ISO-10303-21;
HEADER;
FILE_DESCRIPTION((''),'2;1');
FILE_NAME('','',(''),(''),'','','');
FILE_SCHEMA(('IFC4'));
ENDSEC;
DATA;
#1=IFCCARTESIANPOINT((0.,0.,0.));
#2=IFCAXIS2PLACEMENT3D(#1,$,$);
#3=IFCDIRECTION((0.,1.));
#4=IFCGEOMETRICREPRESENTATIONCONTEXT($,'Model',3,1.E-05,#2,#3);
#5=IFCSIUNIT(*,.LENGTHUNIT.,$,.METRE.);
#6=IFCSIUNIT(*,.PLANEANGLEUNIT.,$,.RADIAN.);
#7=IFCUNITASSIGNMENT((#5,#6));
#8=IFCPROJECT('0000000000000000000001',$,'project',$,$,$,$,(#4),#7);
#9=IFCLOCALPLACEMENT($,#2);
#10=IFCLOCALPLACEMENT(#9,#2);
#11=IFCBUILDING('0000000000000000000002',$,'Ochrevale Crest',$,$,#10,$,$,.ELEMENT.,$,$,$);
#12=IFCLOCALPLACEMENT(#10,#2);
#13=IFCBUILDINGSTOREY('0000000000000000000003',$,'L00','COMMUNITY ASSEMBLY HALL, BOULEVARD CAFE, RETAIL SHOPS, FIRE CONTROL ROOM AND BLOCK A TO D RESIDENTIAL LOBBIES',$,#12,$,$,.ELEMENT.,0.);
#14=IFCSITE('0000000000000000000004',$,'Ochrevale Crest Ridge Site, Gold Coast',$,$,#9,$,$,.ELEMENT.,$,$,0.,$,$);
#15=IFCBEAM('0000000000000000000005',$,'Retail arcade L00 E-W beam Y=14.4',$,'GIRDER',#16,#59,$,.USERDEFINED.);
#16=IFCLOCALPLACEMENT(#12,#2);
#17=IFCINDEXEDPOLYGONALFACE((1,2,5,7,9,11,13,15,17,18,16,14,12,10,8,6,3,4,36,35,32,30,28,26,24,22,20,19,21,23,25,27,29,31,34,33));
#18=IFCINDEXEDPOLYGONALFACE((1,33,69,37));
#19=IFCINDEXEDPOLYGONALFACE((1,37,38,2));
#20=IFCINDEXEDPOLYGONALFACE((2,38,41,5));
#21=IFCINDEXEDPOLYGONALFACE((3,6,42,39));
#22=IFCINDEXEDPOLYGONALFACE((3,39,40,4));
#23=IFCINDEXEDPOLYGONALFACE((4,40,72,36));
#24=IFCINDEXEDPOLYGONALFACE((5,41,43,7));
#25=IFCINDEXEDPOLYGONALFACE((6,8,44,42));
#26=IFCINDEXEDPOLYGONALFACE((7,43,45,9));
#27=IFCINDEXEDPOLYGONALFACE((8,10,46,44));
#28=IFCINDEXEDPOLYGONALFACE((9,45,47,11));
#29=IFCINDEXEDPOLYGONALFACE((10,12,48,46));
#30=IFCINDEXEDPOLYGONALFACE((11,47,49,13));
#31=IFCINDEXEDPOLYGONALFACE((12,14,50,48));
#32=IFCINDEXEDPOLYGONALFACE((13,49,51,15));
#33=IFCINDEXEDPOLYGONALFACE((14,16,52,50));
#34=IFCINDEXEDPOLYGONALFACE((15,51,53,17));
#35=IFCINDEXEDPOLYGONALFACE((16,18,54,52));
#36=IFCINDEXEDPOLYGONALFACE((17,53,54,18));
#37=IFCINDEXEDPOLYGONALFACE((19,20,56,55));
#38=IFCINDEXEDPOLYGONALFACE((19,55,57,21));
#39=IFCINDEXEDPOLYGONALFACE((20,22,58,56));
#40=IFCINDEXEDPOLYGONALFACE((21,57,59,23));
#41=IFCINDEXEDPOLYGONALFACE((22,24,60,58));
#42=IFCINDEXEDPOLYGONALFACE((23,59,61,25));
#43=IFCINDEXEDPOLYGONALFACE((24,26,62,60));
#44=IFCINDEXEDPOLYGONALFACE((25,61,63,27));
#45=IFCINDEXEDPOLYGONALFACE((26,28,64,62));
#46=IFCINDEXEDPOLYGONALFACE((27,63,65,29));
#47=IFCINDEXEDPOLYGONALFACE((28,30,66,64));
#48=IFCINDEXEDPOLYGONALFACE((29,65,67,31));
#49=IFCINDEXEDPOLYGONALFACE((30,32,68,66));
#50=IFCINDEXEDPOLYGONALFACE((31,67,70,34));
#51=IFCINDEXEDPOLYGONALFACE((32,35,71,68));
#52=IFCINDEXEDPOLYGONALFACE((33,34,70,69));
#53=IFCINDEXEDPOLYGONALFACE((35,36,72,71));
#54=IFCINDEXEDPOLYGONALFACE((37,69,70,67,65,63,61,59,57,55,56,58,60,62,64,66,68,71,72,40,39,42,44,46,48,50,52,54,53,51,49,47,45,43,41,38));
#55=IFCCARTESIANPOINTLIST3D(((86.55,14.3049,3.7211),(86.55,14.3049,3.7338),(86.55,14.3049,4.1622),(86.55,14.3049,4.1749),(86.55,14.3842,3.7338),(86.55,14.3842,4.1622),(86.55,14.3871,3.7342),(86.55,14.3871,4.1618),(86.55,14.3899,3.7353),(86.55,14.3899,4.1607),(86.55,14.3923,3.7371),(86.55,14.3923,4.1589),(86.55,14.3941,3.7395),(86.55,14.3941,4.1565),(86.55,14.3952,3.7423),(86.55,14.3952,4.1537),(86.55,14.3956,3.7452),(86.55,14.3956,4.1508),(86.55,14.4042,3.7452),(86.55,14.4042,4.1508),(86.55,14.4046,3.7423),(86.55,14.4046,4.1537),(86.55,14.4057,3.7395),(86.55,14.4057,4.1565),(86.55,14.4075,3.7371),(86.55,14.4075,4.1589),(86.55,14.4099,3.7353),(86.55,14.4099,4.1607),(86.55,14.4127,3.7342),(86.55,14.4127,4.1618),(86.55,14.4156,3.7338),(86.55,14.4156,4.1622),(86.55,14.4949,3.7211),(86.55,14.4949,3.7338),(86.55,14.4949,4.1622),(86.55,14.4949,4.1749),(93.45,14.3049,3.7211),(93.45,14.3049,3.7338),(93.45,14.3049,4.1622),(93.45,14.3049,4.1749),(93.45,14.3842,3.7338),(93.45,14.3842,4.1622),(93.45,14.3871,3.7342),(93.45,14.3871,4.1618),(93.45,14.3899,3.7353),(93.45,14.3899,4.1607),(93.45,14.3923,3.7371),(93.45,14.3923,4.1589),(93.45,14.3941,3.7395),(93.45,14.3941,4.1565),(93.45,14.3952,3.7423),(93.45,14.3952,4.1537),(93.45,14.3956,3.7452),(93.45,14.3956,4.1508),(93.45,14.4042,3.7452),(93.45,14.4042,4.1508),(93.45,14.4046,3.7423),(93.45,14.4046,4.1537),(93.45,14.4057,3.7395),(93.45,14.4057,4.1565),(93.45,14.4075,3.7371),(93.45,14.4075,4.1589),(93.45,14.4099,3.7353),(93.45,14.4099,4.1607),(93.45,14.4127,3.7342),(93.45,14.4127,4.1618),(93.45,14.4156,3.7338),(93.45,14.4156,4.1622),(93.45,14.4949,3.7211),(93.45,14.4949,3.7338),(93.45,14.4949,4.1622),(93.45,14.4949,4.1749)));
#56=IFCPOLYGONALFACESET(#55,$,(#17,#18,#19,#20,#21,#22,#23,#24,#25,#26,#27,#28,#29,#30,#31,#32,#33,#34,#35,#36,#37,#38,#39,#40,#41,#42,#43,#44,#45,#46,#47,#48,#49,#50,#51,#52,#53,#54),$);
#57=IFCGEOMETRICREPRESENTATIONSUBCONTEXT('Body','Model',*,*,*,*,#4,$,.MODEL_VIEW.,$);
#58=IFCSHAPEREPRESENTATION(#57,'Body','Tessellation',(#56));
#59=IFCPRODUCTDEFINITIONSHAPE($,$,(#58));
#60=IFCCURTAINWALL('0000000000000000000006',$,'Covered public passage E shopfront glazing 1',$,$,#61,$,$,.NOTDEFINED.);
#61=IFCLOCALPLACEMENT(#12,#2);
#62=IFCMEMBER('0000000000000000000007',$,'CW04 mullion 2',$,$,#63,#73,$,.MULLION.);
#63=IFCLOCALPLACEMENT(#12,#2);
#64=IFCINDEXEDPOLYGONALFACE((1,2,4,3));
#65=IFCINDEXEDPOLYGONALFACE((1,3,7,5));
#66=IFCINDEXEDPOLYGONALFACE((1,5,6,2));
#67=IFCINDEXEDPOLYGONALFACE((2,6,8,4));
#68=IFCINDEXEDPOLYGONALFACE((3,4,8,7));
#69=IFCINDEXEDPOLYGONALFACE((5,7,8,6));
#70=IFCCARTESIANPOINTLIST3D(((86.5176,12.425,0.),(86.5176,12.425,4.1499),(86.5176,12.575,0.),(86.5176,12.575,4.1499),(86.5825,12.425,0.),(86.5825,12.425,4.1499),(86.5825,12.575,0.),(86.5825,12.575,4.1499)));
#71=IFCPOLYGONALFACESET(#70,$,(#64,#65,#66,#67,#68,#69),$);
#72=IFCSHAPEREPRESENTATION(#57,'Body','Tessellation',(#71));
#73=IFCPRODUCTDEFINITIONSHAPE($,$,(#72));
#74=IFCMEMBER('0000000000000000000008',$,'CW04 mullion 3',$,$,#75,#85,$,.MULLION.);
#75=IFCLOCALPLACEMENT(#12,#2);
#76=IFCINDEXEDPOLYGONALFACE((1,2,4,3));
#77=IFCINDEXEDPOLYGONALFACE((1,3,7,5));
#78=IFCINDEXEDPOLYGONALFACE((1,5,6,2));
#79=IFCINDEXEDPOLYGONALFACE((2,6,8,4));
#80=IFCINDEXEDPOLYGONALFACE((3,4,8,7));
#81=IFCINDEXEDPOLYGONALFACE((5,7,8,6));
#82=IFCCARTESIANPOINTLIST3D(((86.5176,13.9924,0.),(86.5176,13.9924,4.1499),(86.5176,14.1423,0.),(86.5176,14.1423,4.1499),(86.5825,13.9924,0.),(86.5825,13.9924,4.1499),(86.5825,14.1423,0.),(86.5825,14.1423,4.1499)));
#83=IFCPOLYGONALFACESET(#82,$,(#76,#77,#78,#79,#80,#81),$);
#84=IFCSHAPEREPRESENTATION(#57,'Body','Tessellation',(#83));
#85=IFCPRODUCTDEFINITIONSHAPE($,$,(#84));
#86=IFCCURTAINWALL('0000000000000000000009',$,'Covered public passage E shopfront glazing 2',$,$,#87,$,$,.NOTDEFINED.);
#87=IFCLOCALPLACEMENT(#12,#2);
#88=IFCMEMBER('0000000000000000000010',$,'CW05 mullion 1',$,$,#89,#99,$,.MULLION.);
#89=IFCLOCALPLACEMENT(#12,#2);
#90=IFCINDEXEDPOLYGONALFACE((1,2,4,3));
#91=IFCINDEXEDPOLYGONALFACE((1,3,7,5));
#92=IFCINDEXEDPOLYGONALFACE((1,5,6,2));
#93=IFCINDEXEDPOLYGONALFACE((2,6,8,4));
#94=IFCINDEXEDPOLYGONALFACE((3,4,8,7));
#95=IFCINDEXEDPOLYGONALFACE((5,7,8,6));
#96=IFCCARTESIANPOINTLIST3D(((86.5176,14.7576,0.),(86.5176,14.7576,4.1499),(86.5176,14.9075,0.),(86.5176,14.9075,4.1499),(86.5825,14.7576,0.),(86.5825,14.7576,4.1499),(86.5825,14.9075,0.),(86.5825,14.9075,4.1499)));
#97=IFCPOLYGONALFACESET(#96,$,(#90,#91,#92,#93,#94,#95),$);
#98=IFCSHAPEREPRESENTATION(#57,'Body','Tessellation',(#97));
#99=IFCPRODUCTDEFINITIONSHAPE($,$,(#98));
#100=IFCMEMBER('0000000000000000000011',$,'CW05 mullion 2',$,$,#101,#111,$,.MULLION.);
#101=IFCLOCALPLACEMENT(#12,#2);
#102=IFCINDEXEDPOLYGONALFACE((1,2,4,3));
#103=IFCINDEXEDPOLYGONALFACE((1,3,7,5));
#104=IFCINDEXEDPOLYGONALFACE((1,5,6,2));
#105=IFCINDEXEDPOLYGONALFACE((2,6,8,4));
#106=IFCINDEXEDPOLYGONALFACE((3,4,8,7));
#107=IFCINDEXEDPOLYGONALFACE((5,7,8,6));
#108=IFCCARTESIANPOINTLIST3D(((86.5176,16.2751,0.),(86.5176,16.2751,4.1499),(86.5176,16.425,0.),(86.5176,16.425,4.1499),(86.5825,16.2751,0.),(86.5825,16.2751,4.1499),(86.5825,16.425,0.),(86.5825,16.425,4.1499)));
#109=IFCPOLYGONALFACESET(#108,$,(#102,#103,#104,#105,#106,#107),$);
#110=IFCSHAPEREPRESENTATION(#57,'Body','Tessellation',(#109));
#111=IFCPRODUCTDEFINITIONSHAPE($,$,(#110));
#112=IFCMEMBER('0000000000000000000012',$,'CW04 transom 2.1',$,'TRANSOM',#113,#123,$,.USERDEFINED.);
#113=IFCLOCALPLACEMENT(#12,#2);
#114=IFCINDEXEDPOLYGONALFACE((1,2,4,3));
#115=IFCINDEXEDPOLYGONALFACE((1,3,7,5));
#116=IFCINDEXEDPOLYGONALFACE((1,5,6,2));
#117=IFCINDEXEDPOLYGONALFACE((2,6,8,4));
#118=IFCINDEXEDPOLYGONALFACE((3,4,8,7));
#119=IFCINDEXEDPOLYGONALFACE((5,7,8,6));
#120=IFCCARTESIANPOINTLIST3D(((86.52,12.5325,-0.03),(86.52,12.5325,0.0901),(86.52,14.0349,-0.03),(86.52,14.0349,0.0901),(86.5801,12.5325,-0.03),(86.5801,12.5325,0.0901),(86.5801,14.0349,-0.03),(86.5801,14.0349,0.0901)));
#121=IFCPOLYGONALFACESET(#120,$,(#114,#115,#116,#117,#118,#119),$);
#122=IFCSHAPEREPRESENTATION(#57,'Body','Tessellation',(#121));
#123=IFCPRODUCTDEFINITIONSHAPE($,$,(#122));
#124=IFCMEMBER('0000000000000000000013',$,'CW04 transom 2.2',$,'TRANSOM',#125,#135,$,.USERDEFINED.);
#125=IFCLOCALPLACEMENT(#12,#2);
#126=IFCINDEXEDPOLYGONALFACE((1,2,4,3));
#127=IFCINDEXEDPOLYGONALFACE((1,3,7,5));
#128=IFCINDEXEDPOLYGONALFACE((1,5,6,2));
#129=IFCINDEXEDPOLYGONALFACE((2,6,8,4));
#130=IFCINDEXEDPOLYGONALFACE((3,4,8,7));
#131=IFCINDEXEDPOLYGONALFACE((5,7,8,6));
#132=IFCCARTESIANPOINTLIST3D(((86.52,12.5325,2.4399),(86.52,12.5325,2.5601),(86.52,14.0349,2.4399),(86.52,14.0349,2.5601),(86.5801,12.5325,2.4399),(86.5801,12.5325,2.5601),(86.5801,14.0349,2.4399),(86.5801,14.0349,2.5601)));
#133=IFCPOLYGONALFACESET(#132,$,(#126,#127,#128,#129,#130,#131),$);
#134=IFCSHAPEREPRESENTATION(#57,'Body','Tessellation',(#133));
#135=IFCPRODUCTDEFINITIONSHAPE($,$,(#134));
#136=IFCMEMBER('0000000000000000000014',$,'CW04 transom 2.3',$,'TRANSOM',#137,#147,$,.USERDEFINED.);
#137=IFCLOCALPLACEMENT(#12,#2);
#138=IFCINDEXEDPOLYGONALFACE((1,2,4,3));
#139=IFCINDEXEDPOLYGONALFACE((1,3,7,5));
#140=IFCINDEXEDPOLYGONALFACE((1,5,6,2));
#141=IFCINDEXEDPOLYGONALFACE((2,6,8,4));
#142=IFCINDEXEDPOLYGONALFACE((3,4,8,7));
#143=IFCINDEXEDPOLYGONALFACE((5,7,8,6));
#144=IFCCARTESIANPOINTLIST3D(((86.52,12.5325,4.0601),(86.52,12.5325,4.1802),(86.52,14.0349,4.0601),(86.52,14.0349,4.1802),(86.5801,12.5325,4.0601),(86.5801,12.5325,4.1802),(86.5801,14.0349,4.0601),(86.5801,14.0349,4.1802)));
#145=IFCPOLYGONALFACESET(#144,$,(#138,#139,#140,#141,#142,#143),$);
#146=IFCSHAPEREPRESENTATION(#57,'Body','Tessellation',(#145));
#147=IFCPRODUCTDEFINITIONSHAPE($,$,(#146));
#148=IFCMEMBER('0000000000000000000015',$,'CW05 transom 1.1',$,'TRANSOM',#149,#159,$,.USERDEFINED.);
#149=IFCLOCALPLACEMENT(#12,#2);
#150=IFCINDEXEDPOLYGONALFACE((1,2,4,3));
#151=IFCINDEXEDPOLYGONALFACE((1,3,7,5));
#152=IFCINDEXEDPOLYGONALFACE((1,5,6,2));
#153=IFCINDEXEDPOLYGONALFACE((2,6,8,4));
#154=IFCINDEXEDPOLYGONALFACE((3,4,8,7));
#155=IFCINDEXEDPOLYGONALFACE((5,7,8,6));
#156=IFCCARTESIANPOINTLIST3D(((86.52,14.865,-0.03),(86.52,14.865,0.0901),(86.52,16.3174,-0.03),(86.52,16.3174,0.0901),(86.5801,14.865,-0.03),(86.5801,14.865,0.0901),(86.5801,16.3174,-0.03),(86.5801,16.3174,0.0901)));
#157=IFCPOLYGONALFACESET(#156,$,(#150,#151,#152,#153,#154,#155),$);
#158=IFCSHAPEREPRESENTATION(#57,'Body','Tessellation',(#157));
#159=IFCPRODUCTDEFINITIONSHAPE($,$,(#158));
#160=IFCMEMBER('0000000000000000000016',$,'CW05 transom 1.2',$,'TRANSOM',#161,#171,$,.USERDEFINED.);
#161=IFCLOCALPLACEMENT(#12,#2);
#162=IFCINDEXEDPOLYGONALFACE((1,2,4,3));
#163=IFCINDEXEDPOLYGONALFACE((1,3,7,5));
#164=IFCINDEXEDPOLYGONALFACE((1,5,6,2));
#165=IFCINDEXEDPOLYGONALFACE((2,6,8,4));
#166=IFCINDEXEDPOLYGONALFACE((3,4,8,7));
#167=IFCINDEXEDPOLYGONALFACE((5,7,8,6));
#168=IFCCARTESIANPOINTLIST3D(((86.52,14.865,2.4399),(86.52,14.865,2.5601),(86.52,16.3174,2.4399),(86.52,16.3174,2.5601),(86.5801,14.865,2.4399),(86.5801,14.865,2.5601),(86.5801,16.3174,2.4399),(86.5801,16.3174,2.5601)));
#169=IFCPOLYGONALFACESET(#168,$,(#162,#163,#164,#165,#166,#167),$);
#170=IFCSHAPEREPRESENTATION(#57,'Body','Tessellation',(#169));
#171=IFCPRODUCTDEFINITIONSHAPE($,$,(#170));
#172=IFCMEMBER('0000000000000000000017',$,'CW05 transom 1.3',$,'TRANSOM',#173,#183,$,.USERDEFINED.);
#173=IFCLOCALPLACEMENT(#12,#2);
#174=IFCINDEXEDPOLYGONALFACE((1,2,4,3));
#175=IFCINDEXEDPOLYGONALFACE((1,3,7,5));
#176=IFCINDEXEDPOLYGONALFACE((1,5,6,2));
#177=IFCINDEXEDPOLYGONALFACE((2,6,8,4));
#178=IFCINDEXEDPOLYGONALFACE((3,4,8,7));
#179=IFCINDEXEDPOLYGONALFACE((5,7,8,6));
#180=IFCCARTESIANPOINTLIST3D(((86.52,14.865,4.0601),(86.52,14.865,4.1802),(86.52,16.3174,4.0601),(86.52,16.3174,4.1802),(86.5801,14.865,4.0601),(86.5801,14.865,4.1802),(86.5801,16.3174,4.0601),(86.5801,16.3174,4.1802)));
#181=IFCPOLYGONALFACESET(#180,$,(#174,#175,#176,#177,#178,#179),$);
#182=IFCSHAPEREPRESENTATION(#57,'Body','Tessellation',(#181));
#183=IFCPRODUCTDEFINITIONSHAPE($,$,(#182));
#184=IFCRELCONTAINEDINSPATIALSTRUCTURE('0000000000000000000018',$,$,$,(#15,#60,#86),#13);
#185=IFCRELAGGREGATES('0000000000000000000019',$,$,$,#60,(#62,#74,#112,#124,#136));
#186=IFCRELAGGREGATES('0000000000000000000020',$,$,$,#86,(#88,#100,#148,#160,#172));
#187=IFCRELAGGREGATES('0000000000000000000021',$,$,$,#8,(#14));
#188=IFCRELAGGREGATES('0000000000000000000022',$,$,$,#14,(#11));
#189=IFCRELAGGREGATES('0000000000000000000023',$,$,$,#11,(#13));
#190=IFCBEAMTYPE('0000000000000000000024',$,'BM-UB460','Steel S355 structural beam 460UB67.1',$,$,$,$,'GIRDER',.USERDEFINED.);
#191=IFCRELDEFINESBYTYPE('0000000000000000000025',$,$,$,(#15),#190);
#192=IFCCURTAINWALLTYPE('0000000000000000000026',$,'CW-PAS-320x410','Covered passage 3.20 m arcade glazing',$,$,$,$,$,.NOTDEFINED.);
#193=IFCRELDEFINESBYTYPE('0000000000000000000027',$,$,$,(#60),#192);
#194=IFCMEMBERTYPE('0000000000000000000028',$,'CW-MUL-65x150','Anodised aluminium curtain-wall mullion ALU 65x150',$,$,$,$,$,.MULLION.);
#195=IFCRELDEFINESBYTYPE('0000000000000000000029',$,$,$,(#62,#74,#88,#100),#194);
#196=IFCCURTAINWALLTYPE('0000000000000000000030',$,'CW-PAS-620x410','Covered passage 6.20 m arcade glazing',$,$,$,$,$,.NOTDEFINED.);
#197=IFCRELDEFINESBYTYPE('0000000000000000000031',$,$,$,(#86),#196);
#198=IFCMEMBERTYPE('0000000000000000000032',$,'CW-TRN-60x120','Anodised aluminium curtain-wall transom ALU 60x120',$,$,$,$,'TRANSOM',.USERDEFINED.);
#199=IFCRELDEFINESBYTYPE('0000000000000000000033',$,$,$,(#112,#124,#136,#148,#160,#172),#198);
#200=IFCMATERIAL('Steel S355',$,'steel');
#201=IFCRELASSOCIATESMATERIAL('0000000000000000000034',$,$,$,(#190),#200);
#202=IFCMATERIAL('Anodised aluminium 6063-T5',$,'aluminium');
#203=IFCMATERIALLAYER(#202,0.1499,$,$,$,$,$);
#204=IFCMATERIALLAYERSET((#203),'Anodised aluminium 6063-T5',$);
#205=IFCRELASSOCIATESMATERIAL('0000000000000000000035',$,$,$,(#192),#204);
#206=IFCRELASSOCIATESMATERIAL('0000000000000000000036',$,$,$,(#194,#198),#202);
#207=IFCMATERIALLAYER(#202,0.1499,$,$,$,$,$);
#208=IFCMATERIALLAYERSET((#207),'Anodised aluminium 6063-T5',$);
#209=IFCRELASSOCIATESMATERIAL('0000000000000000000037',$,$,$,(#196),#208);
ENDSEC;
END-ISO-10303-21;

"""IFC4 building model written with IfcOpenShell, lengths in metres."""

from ifc_helpers import new_model, si_unit, direction, frame, origin, origin_2d, place, context, subcontext, project, spatial, rectangle, i_section, extrude, material, layer, layer_set, material_profile, profile_set, type_object, element, aggregate, save


model = new_model("IFC4")

# Units and contexts
model_context = context("Model", 3, precision=1e-05, world=origin(), true_north=direction((0.0, 1.0)))
body_context = subcontext(model_context, "Body", "Model", "MODEL_VIEW")
ifc_project = project(units=[si_unit("LENGTHUNIT", "METRE"), si_unit("PLANEANGLEUNIT", "RADIAN")], contexts=[model_context])

# Site, building, storey
site_placement = place(None, origin())
site = spatial("IfcSite", under=ifc_project, at=site_placement, Name="Ochrevale Crest Ridge Site, Gold Coast", CompositionType="ELEMENT", RefElevation=0.0)
building_placement = place(site_placement, origin())
building = spatial("IfcBuilding", under=site, at=building_placement, Name="Ochrevale Crest", CompositionType="ELEMENT")
storey_placement = place(building_placement, origin())
storey = spatial("IfcBuildingStorey", under=building, at=storey_placement, Name="L00", Description="COMMUNITY ASSEMBLY HALL, BOULEVARD CAFE, RETAIL SHOPS, FIRE CONTROL ROOM AND BLOCK A TO D RESIDENTIAL LOBBIES", CompositionType="ELEMENT", Elevation=0.0)

# Shared definitions
ifc_material_1 = material(Name="Steel S355", Category="steel")

# Beam
ifc_material_profile_1 = material_profile(ifc_material_1, i_section(OverallWidth=0.1899, OverallDepth=0.4539, WebThickness=0.0085, FlangeThickness=0.0127, FilletRadius=0.0115, at=origin_2d()), Name="460UB67.1")
ifc_profile_set_1 = profile_set([ifc_material_profile_1], Name="Steel S355")
beam_type_1 = type_object("IfcBeamType", Name="BM-UB460", Description="Steel S355 structural beam 460UB67.1", ElementType="GIRDER", PredefinedType="USERDEFINED", material=ifc_profile_set_1)
beam_placement = place(storey_placement, frame((86.55, 14.3999, 3.948), z_axis=(1.0, 0.0, 0.0), x_axis=(0.0, 1.0, 0.0)))
element("IfcBeam", 1, at=beam_placement, inside=storey, type_object=beam_type_1, Name="Retail arcade L00 E-W beam Y=14.4", ObjectType="GIRDER", PredefinedType="USERDEFINED", context=body_context, shape_type="SweptSolid", body=[
    extrude(i_section(OverallWidth=0.1899, OverallDepth=0.4539, WebThickness=0.0085, FlangeThickness=0.0127, FilletRadius=0.0115, at=origin_2d()), origin(), (0.0, 0.0, 1.0), 6.8999),
])

# Curtain walls, members
ifc_material_2 = material(Name="Anodised aluminium 6063-T5", Category="aluminium")
ifc_layer_1 = layer(ifc_material_2, 0.1499)
ifc_layer_set_1 = layer_set([ifc_layer_1], Name="Anodised aluminium 6063-T5")
curtain_wall_type_1 = type_object("IfcCurtainWallType", Name="CW-PAS-320x410", Description="Covered passage 3.20 m arcade glazing", PredefinedType="NOTDEFINED", material=ifc_layer_set_1)
curtain_wall_1_placement = place(storey_placement, origin())
curtain_wall_1 = element("IfcCurtainWall", 2, at=curtain_wall_1_placement, inside=storey, type_object=curtain_wall_type_1, Name="Covered public passage E shopfront glazing 1", PredefinedType="NOTDEFINED")
ifc_material_profile_2 = material_profile(ifc_material_2, rectangle(XDim=0.0649, YDim=0.1499, at=origin_2d()), Name="ALU 65x150")
ifc_profile_set_2 = profile_set([ifc_material_profile_2], Name="Anodised aluminium 6063-T5")
member_type_1 = type_object("IfcMemberType", Name="CW-MUL-65x150", Description="Anodised aluminium curtain-wall mullion ALU 65x150", PredefinedType="MULLION", material=ifc_profile_set_2)
member_1_placement = place(storey_placement, frame((86.55, 12.5, 0.0), z_axis=(0.0, 0.0, 1.0), x_axis=(-1.0, 0.0, 0.0)))
member_1 = element("IfcMember", 3, at=member_1_placement, type_object=member_type_1, Name="CW04 mullion 2", PredefinedType="MULLION", context=body_context, shape_type="SweptSolid", body=[
    extrude(rectangle(XDim=0.0649, YDim=0.1499, at=origin_2d()), origin(), (0.0, 0.0, 1.0), 4.1499),
])
member_2_placement = place(storey_placement, frame((86.55, 14.0674, 0.0), z_axis=(0.0, 0.0, 1.0), x_axis=(-1.0, 0.0, 0.0)))
member_2 = element("IfcMember", 4, at=member_2_placement, type_object=member_type_1, Name="CW04 mullion 3", PredefinedType="MULLION", context=body_context, shape_type="SweptSolid", body=[
    extrude(rectangle(XDim=0.0649, YDim=0.1499, at=origin_2d()), origin(), (0.0, 0.0, 1.0), 4.1499),
])
ifc_layer_2 = layer(ifc_material_2, 0.1499)
ifc_layer_set_2 = layer_set([ifc_layer_2], Name="Anodised aluminium 6063-T5")
curtain_wall_type_2 = type_object("IfcCurtainWallType", Name="CW-PAS-620x410", Description="Covered passage 6.20 m arcade glazing", PredefinedType="NOTDEFINED", material=ifc_layer_set_2)
curtain_wall_2_placement = place(storey_placement, origin())
curtain_wall_2 = element("IfcCurtainWall", 5, at=curtain_wall_2_placement, inside=storey, type_object=curtain_wall_type_2, Name="Covered public passage E shopfront glazing 2", PredefinedType="NOTDEFINED")
member_3_placement = place(storey_placement, frame((86.55, 14.8325, 0.0), z_axis=(0.0, 0.0, 1.0), x_axis=(-1.0, 0.0, 0.0)))
member_3 = element("IfcMember", 6, at=member_3_placement, type_object=member_type_1, Name="CW05 mullion 1", PredefinedType="MULLION", context=body_context, shape_type="SweptSolid", body=[
    extrude(rectangle(XDim=0.0649, YDim=0.1499, at=origin_2d()), origin(), (0.0, 0.0, 1.0), 4.1499),
])
member_4_placement = place(storey_placement, frame((86.55, 16.3501, 0.0), z_axis=(0.0, 0.0, 1.0), x_axis=(-1.0, 0.0, 0.0)))
member_4 = element("IfcMember", 7, at=member_4_placement, type_object=member_type_1, Name="CW05 mullion 2", PredefinedType="MULLION", context=body_context, shape_type="SweptSolid", body=[
    extrude(rectangle(XDim=0.0649, YDim=0.1499, at=origin_2d()), origin(), (0.0, 0.0, 1.0), 4.1499),
])

# Members
ifc_material_profile_3 = material_profile(ifc_material_2, rectangle(XDim=0.0601, YDim=0.1201, at=origin_2d()), Name="ALU 60x120")
ifc_profile_set_3 = profile_set([ifc_material_profile_3], Name="Anodised aluminium 6063-T5")
member_type_2 = type_object("IfcMemberType", Name="CW-TRN-60x120", Description="Anodised aluminium curtain-wall transom ALU 60x120", ElementType="TRANSOM", PredefinedType="USERDEFINED", material=ifc_profile_set_3)
member_5_placement = place(storey_placement, frame((86.55, 12.5325, 0.03), z_axis=(0.0, 1.0, 0.0), x_axis=(-1.0, 0.0, 0.0)))
member_5 = element("IfcMember", 8, at=member_5_placement, type_object=member_type_2, Name="CW04 transom 2.1", ObjectType="TRANSOM", PredefinedType="USERDEFINED", context=body_context, shape_type="SweptSolid", body=[
    extrude(rectangle(XDim=0.0601, YDim=0.1201, at=origin_2d()), origin(), (0.0, 0.0, 1.0), 1.5024),
])
member_6_placement = place(storey_placement, frame((86.55, 12.5325, 2.5), z_axis=(0.0, 1.0, 0.0), x_axis=(-1.0, 0.0, 0.0)))
member_6 = element("IfcMember", 9, at=member_6_placement, type_object=member_type_2, Name="CW04 transom 2.2", ObjectType="TRANSOM", PredefinedType="USERDEFINED", context=body_context, shape_type="SweptSolid", body=[
    extrude(rectangle(XDim=0.0601, YDim=0.1201, at=origin_2d()), origin(), (0.0, 0.0, 1.0), 1.5024),
])
member_7_placement = place(storey_placement, frame((86.55, 12.5325, 4.1201), z_axis=(0.0, 1.0, 0.0), x_axis=(-1.0, 0.0, 0.0)))
member_7 = element("IfcMember", 10, at=member_7_placement, type_object=member_type_2, Name="CW04 transom 2.3", ObjectType="TRANSOM", PredefinedType="USERDEFINED", context=body_context, shape_type="SweptSolid", body=[
    extrude(rectangle(XDim=0.0601, YDim=0.1201, at=origin_2d()), origin(), (0.0, 0.0, 1.0), 1.5024),
])
member_8_placement = place(storey_placement, frame((86.55, 14.865, 0.03), z_axis=(0.0, 1.0, 0.0), x_axis=(-1.0, 0.0, 0.0)))
member_8 = element("IfcMember", 11, at=member_8_placement, type_object=member_type_2, Name="CW05 transom 1.1", ObjectType="TRANSOM", PredefinedType="USERDEFINED", context=body_context, shape_type="SweptSolid", body=[
    extrude(rectangle(XDim=0.0601, YDim=0.1201, at=origin_2d()), origin(), (0.0, 0.0, 1.0), 1.4524),
])
member_9_placement = place(storey_placement, frame((86.55, 14.865, 2.5), z_axis=(0.0, 1.0, 0.0), x_axis=(-1.0, 0.0, 0.0)))
member_9 = element("IfcMember", 12, at=member_9_placement, type_object=member_type_2, Name="CW05 transom 1.2", ObjectType="TRANSOM", PredefinedType="USERDEFINED", context=body_context, shape_type="SweptSolid", body=[
    extrude(rectangle(XDim=0.0601, YDim=0.1201, at=origin_2d()), origin(), (0.0, 0.0, 1.0), 1.4524),
])
member_10_placement = place(storey_placement, frame((86.55, 14.865, 4.1201), z_axis=(0.0, 1.0, 0.0), x_axis=(-1.0, 0.0, 0.0)))
member_10 = element("IfcMember", 13, at=member_10_placement, type_object=member_type_2, Name="CW05 transom 1.3", ObjectType="TRANSOM", PredefinedType="USERDEFINED", context=body_context, shape_type="SweptSolid", body=[
    extrude(rectangle(XDim=0.0601, YDim=0.1201, at=origin_2d()), origin(), (0.0, 0.0, 1.0), 1.4524),
])

aggregate(curtain_wall_1, [member_1, member_2, member_5, member_6, member_7])
aggregate(curtain_wall_2, [member_3, member_4, member_8, member_9, member_10])

save(model, "model.ifc")
